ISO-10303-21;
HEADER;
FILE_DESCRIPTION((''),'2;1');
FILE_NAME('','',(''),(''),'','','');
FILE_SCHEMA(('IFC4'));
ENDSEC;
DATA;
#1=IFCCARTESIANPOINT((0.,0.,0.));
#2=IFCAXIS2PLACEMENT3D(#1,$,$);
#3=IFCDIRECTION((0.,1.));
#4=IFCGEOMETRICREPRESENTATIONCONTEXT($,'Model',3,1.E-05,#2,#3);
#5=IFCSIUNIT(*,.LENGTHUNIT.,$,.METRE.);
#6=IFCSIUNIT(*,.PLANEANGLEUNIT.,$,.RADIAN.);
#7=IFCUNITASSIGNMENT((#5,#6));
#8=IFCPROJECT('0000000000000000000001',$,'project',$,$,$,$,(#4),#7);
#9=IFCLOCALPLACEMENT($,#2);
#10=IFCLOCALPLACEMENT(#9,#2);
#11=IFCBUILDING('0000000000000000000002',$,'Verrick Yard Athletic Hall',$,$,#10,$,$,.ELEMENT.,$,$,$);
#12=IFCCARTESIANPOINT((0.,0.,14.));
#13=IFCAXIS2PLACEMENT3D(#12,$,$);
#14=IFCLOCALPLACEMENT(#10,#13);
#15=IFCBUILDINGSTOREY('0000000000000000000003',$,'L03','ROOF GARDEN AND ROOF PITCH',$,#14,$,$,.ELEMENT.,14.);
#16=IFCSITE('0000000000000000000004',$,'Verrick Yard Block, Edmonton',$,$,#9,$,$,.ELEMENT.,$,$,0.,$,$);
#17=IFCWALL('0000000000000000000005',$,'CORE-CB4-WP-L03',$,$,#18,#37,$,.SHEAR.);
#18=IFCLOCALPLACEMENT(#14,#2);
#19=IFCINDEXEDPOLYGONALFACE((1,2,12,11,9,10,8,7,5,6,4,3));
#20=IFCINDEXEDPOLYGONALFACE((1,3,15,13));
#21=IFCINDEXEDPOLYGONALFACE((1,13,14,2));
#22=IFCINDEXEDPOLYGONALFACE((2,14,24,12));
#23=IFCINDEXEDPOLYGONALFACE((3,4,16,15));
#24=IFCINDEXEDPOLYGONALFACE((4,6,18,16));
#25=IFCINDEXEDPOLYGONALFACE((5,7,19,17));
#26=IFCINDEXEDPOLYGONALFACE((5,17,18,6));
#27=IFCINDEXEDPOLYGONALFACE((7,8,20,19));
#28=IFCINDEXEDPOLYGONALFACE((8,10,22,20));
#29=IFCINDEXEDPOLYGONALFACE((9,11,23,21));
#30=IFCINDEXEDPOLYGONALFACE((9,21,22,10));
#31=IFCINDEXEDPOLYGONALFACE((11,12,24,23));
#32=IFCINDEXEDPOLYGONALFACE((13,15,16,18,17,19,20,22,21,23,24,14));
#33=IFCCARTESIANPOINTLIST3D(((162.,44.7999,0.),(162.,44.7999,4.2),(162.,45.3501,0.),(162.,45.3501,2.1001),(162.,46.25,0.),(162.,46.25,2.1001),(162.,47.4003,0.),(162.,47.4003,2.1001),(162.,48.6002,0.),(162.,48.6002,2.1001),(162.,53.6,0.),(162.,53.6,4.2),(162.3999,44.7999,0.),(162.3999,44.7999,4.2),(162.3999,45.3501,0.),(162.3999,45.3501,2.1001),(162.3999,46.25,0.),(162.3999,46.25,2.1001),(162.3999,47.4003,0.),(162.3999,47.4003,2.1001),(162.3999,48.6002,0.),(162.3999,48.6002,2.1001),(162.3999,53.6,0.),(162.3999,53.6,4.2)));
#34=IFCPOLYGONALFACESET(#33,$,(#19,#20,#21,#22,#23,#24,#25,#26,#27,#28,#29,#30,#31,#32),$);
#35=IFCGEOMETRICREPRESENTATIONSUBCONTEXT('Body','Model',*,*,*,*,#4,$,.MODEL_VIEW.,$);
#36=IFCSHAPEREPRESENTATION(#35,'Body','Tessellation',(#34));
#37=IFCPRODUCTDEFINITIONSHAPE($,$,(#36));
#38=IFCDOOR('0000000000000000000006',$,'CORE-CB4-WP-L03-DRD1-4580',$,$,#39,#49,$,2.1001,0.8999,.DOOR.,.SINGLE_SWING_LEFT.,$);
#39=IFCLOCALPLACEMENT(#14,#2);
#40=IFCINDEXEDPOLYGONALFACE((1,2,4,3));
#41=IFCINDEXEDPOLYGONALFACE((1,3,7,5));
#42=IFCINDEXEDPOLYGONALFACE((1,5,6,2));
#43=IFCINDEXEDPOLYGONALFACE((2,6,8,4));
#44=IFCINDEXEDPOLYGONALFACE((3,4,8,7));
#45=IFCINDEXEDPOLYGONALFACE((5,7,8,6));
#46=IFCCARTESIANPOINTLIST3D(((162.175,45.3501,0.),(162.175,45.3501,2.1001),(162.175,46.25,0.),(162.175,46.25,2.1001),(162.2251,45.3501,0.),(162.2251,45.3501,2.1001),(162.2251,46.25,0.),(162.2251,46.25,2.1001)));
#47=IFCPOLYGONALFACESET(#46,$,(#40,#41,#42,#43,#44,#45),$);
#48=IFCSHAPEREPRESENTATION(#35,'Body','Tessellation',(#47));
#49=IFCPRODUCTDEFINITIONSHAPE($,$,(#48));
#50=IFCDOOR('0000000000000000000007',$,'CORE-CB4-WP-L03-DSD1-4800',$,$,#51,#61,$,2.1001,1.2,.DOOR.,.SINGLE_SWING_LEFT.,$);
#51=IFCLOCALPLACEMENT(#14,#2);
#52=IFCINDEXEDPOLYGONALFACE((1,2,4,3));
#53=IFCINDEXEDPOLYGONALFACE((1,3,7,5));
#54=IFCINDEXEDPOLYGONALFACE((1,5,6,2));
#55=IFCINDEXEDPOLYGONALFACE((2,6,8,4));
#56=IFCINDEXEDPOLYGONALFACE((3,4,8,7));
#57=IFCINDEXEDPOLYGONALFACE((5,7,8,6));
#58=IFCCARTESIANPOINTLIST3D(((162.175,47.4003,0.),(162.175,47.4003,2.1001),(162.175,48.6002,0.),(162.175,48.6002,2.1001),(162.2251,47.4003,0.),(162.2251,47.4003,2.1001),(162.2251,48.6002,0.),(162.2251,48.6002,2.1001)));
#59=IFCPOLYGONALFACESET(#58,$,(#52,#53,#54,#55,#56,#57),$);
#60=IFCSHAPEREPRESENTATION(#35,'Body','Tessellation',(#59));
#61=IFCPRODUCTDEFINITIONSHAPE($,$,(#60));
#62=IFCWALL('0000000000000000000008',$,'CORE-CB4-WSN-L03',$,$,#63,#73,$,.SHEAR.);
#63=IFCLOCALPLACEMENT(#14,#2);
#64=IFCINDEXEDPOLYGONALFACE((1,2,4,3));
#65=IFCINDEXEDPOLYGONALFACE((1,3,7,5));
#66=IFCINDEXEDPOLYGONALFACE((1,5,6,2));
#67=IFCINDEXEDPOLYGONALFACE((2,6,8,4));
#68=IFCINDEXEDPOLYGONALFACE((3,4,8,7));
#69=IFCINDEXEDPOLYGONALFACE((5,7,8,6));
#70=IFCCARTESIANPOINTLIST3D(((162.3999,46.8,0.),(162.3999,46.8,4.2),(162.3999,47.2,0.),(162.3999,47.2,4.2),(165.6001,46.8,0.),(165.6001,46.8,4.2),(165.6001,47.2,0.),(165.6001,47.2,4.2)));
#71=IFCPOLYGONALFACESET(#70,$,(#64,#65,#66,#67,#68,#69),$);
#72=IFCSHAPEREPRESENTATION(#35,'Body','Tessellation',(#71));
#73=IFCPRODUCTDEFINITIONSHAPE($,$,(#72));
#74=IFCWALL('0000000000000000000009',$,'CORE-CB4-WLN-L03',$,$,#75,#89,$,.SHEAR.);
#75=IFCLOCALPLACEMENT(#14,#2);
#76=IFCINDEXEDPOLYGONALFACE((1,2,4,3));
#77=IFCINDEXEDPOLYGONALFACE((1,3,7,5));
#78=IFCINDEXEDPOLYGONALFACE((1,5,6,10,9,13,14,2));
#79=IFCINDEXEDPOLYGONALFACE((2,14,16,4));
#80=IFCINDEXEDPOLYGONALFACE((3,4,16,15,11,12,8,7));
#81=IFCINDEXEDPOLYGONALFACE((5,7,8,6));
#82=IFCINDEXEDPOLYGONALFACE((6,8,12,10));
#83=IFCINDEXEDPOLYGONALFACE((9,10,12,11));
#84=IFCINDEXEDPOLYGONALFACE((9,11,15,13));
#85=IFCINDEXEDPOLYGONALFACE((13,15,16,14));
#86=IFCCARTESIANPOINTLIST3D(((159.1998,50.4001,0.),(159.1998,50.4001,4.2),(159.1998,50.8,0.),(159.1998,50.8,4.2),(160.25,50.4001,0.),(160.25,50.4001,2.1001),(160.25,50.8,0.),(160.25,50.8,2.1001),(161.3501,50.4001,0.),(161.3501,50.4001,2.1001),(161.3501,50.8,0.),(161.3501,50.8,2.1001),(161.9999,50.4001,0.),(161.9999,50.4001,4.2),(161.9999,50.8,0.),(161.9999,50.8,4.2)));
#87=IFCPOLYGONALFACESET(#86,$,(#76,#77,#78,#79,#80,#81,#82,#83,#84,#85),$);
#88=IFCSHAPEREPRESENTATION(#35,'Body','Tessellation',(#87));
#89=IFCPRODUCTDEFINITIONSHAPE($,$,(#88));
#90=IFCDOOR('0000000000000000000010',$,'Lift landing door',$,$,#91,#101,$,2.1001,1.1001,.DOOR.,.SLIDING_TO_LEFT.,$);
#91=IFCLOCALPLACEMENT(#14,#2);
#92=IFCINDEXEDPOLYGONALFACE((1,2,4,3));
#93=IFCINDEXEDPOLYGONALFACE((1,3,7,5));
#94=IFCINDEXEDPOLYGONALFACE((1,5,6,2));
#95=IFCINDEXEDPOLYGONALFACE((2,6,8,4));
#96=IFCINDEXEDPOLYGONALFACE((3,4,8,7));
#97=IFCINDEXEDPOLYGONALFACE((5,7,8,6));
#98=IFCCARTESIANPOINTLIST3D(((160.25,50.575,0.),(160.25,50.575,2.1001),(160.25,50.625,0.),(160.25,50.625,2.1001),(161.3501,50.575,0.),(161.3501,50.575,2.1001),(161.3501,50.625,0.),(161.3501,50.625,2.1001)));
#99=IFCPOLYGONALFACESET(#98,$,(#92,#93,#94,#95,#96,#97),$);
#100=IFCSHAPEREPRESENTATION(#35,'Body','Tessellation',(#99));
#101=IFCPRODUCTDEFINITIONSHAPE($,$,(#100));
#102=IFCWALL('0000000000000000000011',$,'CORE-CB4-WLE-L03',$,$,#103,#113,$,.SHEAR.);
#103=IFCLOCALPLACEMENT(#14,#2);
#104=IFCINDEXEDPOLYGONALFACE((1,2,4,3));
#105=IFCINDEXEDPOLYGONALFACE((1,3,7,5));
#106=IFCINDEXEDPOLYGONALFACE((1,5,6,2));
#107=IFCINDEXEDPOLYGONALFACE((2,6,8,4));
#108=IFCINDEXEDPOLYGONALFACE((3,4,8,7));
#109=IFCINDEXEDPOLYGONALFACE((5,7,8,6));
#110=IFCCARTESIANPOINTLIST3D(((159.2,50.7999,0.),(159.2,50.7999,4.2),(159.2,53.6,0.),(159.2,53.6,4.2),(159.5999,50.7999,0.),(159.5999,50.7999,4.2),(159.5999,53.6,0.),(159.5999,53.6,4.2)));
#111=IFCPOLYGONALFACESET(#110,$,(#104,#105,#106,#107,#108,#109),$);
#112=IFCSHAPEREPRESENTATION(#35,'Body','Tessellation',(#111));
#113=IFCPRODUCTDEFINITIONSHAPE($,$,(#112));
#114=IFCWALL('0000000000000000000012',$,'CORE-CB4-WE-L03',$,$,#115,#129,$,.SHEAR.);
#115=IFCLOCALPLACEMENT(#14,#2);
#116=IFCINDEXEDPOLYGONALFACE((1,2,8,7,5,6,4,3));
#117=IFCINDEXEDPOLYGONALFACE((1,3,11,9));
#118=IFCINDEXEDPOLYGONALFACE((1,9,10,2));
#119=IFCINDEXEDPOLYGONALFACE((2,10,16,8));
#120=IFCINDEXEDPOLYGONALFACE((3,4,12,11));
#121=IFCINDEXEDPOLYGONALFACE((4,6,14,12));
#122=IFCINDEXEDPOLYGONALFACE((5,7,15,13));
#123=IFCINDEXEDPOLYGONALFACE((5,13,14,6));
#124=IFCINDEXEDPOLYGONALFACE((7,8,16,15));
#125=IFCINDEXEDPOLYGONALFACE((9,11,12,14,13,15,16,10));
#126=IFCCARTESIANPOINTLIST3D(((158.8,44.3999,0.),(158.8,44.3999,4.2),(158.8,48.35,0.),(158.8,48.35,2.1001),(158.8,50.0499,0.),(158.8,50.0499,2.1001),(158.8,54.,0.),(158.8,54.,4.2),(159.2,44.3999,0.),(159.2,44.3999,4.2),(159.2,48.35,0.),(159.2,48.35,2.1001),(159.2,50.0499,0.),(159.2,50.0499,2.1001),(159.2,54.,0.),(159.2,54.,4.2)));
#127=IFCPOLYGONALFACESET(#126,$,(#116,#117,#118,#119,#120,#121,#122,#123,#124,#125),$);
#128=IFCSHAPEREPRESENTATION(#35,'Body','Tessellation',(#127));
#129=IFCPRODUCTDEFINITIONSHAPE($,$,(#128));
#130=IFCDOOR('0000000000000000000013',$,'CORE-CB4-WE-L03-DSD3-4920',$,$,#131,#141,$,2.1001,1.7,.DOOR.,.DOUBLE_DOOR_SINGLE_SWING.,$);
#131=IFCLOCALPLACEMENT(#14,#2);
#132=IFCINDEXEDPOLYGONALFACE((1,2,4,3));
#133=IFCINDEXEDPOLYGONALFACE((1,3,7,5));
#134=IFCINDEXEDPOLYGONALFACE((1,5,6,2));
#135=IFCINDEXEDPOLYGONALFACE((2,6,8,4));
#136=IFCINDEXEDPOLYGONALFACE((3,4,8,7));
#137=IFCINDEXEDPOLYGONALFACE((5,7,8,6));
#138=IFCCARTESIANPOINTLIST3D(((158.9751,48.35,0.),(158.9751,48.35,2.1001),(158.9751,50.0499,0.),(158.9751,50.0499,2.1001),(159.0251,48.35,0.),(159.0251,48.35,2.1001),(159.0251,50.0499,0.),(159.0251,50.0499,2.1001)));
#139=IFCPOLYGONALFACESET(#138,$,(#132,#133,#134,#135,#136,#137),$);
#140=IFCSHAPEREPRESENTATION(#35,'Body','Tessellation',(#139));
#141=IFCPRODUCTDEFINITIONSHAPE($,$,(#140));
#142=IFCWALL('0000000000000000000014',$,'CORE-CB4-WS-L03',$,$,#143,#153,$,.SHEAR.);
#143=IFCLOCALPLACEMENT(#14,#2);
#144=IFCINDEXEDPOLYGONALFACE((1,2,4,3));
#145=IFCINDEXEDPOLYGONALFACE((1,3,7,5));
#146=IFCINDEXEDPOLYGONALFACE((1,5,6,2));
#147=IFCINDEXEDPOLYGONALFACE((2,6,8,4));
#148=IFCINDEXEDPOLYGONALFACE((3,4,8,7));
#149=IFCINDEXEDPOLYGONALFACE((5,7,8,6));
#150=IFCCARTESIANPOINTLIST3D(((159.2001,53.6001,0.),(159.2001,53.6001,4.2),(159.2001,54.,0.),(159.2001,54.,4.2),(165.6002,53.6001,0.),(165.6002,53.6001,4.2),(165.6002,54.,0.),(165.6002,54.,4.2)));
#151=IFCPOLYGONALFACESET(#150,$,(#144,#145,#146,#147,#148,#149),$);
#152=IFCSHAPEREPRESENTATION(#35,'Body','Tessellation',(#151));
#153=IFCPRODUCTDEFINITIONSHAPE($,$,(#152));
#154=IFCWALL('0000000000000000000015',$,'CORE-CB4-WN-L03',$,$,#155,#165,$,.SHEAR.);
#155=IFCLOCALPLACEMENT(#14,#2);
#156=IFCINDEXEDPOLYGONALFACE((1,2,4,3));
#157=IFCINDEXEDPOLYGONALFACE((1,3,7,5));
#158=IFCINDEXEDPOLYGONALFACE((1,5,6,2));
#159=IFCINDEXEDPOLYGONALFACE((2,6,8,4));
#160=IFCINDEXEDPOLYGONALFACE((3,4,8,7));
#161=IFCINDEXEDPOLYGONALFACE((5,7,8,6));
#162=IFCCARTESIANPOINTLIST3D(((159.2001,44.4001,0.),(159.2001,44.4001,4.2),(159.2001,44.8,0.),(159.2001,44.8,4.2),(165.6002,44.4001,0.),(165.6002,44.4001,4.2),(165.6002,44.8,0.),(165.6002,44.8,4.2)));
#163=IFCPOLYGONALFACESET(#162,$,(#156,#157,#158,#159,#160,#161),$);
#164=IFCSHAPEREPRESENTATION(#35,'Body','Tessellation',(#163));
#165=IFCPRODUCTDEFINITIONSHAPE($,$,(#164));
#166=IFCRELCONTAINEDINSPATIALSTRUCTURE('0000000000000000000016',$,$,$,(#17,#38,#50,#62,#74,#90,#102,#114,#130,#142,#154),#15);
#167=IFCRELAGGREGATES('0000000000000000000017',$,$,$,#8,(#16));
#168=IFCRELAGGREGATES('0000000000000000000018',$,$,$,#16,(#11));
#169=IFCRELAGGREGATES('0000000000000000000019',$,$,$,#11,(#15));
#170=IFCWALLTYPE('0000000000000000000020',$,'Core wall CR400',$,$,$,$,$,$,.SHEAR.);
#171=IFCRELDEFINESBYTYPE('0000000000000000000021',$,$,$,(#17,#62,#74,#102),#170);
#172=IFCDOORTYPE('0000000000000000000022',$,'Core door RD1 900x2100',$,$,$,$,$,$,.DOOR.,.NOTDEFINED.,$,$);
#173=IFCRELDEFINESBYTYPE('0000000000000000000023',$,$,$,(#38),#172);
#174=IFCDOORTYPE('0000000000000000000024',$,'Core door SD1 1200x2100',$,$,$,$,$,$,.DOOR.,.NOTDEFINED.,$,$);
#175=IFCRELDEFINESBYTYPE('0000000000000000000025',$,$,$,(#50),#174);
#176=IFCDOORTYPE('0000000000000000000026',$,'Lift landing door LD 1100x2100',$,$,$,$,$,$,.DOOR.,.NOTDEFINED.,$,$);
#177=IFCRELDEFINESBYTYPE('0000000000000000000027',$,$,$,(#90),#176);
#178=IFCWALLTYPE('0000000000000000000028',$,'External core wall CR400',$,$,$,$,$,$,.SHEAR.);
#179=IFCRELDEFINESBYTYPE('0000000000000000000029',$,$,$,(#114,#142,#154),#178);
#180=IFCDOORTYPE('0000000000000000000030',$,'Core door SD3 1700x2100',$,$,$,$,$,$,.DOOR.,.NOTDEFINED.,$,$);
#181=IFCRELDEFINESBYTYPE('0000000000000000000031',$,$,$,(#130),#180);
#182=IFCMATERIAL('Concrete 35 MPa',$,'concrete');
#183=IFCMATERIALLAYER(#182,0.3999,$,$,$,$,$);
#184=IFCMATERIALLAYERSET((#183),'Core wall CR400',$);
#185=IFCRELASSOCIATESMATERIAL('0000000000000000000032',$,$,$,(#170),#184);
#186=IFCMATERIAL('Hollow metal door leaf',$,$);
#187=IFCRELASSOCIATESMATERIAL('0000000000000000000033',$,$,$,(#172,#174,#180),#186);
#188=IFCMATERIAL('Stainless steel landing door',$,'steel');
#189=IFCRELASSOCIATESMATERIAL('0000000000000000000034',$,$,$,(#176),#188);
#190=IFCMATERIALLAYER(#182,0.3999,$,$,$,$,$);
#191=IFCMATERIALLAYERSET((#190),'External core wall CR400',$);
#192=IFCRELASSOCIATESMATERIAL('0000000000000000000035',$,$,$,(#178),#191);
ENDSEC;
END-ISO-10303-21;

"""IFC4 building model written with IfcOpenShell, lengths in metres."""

from ifc_helpers import new_model, si_unit, direction, frame, frame_2d, origin, place, context, subcontext, project, spatial, rectangle, extrude, material, layer, layer_set, type_object, element, fill, save


model = new_model("IFC4")

# Units and contexts
model_context = context("Model", 3, precision=1e-05, world=origin(), true_north=direction((0.0, 1.0)))
body_context = subcontext(model_context, "Body", "Model", "MODEL_VIEW")
ifc_project = project(units=[si_unit("LENGTHUNIT", "METRE"), si_unit("PLANEANGLEUNIT", "RADIAN")], contexts=[model_context])

# Site, building, storey
site_placement = place(None, origin())
site = spatial("IfcSite", under=ifc_project, at=site_placement, Name="Verrick Yard Block, Edmonton", CompositionType="ELEMENT", RefElevation=0.0)
building_placement = place(site_placement, origin())
building = spatial("IfcBuilding", under=site, at=building_placement, Name="Verrick Yard Athletic Hall", CompositionType="ELEMENT")
storey_placement = place(building_placement, frame((0.0, 0.0, 14.0)))
storey = spatial("IfcBuildingStorey", under=building, at=storey_placement, Name="L03", Description="ROOF GARDEN AND ROOF PITCH", CompositionType="ELEMENT", Elevation=14.0)

# Wall, openings, doors
ifc_material_1 = material(Name="Concrete 35 MPa", Category="concrete")
ifc_layer_1 = layer(ifc_material_1, 0.3999)
ifc_layer_set_1 = layer_set([ifc_layer_1], Name="Core wall CR400")
wall_type_1 = type_object("IfcWallType", Name="Core wall CR400", PredefinedType="SHEAR", material=ifc_layer_set_1)
wall_1_placement = place(storey_placement, frame((162.2, 44.8, 0.0), z_axis=(0.0, 0.0, 1.0), x_axis=(0.0, 1.0, 0.0)))
wall_1 = element("IfcWall", 1, at=wall_1_placement, inside=storey, type_object=wall_type_1, Name="CORE-CB4-WP-L03", PredefinedType="SHEAR", context=body_context, shape_type="SweptSolid", body=[
    extrude(rectangle(XDim=8.8, YDim=0.3999, at=frame_2d((4.3999, 0.0))), origin(), (0.0, 0.0, 1.0), 4.2),
])
opening_1_placement = place(wall_1_placement, frame((2.6001, 0.0, 0.0)))
opening_1 = element("IfcOpeningElement", 2, at=opening_1_placement, cuts=wall_1, PredefinedType="OPENING", context=body_context, shape_type="SweptSolid", body=[
    extrude(rectangle(XDim=1.2, YDim=2.1001, at=frame_2d((0.6001, 1.05))), frame((0.0, 0.21, 0.0), z_axis=(0.0, -1.0, 0.0), x_axis=(1.0, 0.0, 0.0)), (0.0, 0.0, 1.0), 0.4199),
])
opening_2_placement = place(wall_1_placement, frame((0.55, 0.0, 0.0)))
opening_2 = element("IfcOpeningElement", 3, at=opening_2_placement, cuts=wall_1, PredefinedType="OPENING", context=body_context, shape_type="SweptSolid", body=[
    extrude(rectangle(XDim=0.8999, YDim=2.1001, at=frame_2d((0.45, 1.05))), frame((0.0, 0.21, 0.0), z_axis=(0.0, -1.0, 0.0), x_axis=(1.0, 0.0, 0.0)), (0.0, 0.0, 1.0), 0.4199),
])
ifc_material_2 = material(Name="Hollow metal door leaf")
door_type_1 = type_object("IfcDoorType", Name="Core door RD1 900x2100", OperationType="NOTDEFINED", PredefinedType="DOOR", material=ifc_material_2)
door_1_placement = place(opening_2_placement, origin())
door_1 = element("IfcDoor", 4, at=door_1_placement, inside=storey, type_object=door_type_1, Name="CORE-CB4-WP-L03-DRD1-4580", OperationType="SINGLE_SWING_LEFT", OverallHeight=2.1001, OverallWidth=0.8999, PredefinedType="DOOR", context=body_context, shape_type="SweptSolid", body=[
    extrude(rectangle(XDim=0.8999, YDim=2.1001, at=frame_2d((0.45, 1.05))), frame((0.0, 0.0249, 0.0), z_axis=(0.0, -1.0, 0.0), x_axis=(1.0, 0.0, 0.0)), (0.0, 0.0, 1.0), 0.05),
])
fill(opening_2, door_1)
door_type_2 = type_object("IfcDoorType", Name="Core door SD1 1200x2100", OperationType="NOTDEFINED", PredefinedType="DOOR", material=ifc_material_2)
door_2_placement = place(opening_1_placement, origin())
door_2 = element("IfcDoor", 5, at=door_2_placement, inside=storey, type_object=door_type_2, Name="CORE-CB4-WP-L03-DSD1-4800", OperationType="SINGLE_SWING_LEFT", OverallHeight=2.1001, OverallWidth=1.2, PredefinedType="DOOR", context=body_context, shape_type="SweptSolid", body=[
    extrude(rectangle(XDim=1.2, YDim=2.1001, at=frame_2d((0.6001, 1.05))), frame((0.0, 0.0249, 0.0), z_axis=(0.0, -1.0, 0.0), x_axis=(1.0, 0.0, 0.0)), (0.0, 0.0, 1.0), 0.05),
])
fill(opening_1, door_2)

# Wall
wall_2_placement = place(storey_placement, frame((162.3999, 47.0, 0.0), z_axis=(0.0, 0.0, 1.0), x_axis=(1.0, 0.0, 0.0)))
element("IfcWall", 6, at=wall_2_placement, inside=storey, type_object=wall_type_1, Name="CORE-CB4-WSN-L03", PredefinedType="SHEAR", context=body_context, shape_type="SweptSolid", body=[
    extrude(rectangle(XDim=3.2002, YDim=0.3999, at=frame_2d((1.6001, 0.0))), origin(), (0.0, 0.0, 1.0), 4.2),
])

# Wall, opening, door
wall_3_placement = place(storey_placement, frame((159.2, 50.6001, 0.0), z_axis=(0.0, 0.0, 1.0), x_axis=(1.0, 0.0, 0.0)))
wall_3 = element("IfcWall", 7, at=wall_3_placement, inside=storey, type_object=wall_type_1, Name="CORE-CB4-WLN-L03", PredefinedType="SHEAR", context=body_context, shape_type="SweptSolid", body=[
    extrude(rectangle(XDim=2.8, YDim=0.3999, at=frame_2d((1.3999, 0.0))), origin(), (0.0, 0.0, 1.0), 4.2),
])
opening_3_placement = place(wall_3_placement, frame((1.05, 0.0, 0.0)))
opening_3 = element("IfcOpeningElement", 8, at=opening_3_placement, cuts=wall_3, PredefinedType="OPENING", context=body_context, shape_type="SweptSolid", body=[
    extrude(rectangle(XDim=1.1001, YDim=2.1001, at=frame_2d((0.55, 1.05))), frame((0.0, 0.21, 0.0), z_axis=(0.0, -1.0, 0.0), x_axis=(1.0, 0.0, 0.0)), (0.0, 0.0, 1.0), 0.4199),
])
ifc_material_3 = material(Name="Stainless steel landing door", Category="steel")
door_type_3 = type_object("IfcDoorType", Name="Lift landing door LD 1100x2100", OperationType="NOTDEFINED", PredefinedType="DOOR", material=ifc_material_3)
door_3_placement = place(opening_3_placement, origin())
door_3 = element("IfcDoor", 9, at=door_3_placement, inside=storey, type_object=door_type_3, Name="Lift landing door", OperationType="SLIDING_TO_LEFT", OverallHeight=2.1001, OverallWidth=1.1001, PredefinedType="DOOR", context=body_context, shape_type="SweptSolid", body=[
    extrude(rectangle(XDim=1.1001, YDim=2.1001, at=frame_2d((0.55, 1.05))), frame((0.0, 0.0249, 0.0), z_axis=(0.0, -1.0, 0.0), x_axis=(1.0, 0.0, 0.0)), (0.0, 0.0, 1.0), 0.05),
])
fill(opening_3, door_3)

# Wall
wall_4_placement = place(storey_placement, frame((159.3999, 50.8, 0.0), z_axis=(0.0, 0.0, 1.0), x_axis=(0.0, 1.0, 0.0)))
element("IfcWall", 10, at=wall_4_placement, inside=storey, type_object=wall_type_1, Name="CORE-CB4-WLE-L03", PredefinedType="SHEAR", context=body_context, shape_type="SweptSolid", body=[
    extrude(rectangle(XDim=2.8, YDim=0.3999, at=frame_2d((1.3999, 0.0))), origin(), (0.0, 0.0, 1.0), 4.2),
])

# Wall, opening, door
ifc_layer_2 = layer(ifc_material_1, 0.3999)
ifc_layer_set_2 = layer_set([ifc_layer_2], Name="External core wall CR400")
wall_type_2 = type_object("IfcWallType", Name="External core wall CR400", PredefinedType="SHEAR", material=ifc_layer_set_2)
wall_5_placement = place(storey_placement, frame((159.0, 44.3999, 0.0), z_axis=(0.0, 0.0, 1.0), x_axis=(0.0, 1.0, 0.0)))
wall_5 = element("IfcWall", 11, at=wall_5_placement, inside=storey, type_object=wall_type_2, Name="CORE-CB4-WE-L03", PredefinedType="SHEAR", context=body_context, shape_type="SweptSolid", body=[
    extrude(rectangle(XDim=9.6001, YDim=0.3999, at=frame_2d((4.8, 0.0))), origin(), (0.0, 0.0, 1.0), 4.2),
])
opening_4_placement = place(wall_5_placement, frame((3.95, 0.0, 0.0)))
opening_4 = element("IfcOpeningElement", 12, at=opening_4_placement, cuts=wall_5, PredefinedType="OPENING", context=body_context, shape_type="SweptSolid", body=[
    extrude(rectangle(XDim=1.7, YDim=2.1001, at=frame_2d((0.8501, 1.05))), frame((0.0, 0.21, 0.0), z_axis=(0.0, -1.0, 0.0), x_axis=(1.0, 0.0, 0.0)), (0.0, 0.0, 1.0), 0.4199),
])
door_type_4 = type_object("IfcDoorType", Name="Core door SD3 1700x2100", OperationType="NOTDEFINED", PredefinedType="DOOR", material=ifc_material_2)
door_4_placement = place(opening_4_placement, origin())
door_4 = element("IfcDoor", 13, at=door_4_placement, inside=storey, type_object=door_type_4, Name="CORE-CB4-WE-L03-DSD3-4920", OperationType="DOUBLE_DOOR_SINGLE_SWING", OverallHeight=2.1001, OverallWidth=1.7, PredefinedType="DOOR", context=body_context, shape_type="SweptSolid", body=[
    extrude(rectangle(XDim=1.7, YDim=2.1001, at=frame_2d((0.8501, 1.05))), frame((0.0, 0.0249, 0.0), z_axis=(0.0, -1.0, 0.0), x_axis=(1.0, 0.0, 0.0)), (0.0, 0.0, 1.0), 0.05),
])
fill(opening_4, door_4)

# Walls
for number, where, z_axis, x_axis, name in (
    (14, (159.2, 53.8, 0.0), (0.0, 0.0, 1.0), (1.0, 0.0, 0.0), "CORE-CB4-WS-L03"),
    (15, (159.2, 44.6001, 0.0), (0.0, 0.0, 1.0), (1.0, 0.0, 0.0), "CORE-CB4-WN-L03"),
):
    element("IfcWall", number, at=place(storey_placement, frame(where, z_axis=z_axis, x_axis=x_axis)), inside=storey, type_object=wall_type_2, Name=name, PredefinedType="SHEAR", context=body_context, shape_type="SweptSolid", body=[
        extrude(rectangle(XDim=6.4001, YDim=0.3999, at=frame_2d((3.2002, 0.0))), origin(), (0.0, 0.0, 1.0), 4.2),
    ])

save(model, "model.ifc")
